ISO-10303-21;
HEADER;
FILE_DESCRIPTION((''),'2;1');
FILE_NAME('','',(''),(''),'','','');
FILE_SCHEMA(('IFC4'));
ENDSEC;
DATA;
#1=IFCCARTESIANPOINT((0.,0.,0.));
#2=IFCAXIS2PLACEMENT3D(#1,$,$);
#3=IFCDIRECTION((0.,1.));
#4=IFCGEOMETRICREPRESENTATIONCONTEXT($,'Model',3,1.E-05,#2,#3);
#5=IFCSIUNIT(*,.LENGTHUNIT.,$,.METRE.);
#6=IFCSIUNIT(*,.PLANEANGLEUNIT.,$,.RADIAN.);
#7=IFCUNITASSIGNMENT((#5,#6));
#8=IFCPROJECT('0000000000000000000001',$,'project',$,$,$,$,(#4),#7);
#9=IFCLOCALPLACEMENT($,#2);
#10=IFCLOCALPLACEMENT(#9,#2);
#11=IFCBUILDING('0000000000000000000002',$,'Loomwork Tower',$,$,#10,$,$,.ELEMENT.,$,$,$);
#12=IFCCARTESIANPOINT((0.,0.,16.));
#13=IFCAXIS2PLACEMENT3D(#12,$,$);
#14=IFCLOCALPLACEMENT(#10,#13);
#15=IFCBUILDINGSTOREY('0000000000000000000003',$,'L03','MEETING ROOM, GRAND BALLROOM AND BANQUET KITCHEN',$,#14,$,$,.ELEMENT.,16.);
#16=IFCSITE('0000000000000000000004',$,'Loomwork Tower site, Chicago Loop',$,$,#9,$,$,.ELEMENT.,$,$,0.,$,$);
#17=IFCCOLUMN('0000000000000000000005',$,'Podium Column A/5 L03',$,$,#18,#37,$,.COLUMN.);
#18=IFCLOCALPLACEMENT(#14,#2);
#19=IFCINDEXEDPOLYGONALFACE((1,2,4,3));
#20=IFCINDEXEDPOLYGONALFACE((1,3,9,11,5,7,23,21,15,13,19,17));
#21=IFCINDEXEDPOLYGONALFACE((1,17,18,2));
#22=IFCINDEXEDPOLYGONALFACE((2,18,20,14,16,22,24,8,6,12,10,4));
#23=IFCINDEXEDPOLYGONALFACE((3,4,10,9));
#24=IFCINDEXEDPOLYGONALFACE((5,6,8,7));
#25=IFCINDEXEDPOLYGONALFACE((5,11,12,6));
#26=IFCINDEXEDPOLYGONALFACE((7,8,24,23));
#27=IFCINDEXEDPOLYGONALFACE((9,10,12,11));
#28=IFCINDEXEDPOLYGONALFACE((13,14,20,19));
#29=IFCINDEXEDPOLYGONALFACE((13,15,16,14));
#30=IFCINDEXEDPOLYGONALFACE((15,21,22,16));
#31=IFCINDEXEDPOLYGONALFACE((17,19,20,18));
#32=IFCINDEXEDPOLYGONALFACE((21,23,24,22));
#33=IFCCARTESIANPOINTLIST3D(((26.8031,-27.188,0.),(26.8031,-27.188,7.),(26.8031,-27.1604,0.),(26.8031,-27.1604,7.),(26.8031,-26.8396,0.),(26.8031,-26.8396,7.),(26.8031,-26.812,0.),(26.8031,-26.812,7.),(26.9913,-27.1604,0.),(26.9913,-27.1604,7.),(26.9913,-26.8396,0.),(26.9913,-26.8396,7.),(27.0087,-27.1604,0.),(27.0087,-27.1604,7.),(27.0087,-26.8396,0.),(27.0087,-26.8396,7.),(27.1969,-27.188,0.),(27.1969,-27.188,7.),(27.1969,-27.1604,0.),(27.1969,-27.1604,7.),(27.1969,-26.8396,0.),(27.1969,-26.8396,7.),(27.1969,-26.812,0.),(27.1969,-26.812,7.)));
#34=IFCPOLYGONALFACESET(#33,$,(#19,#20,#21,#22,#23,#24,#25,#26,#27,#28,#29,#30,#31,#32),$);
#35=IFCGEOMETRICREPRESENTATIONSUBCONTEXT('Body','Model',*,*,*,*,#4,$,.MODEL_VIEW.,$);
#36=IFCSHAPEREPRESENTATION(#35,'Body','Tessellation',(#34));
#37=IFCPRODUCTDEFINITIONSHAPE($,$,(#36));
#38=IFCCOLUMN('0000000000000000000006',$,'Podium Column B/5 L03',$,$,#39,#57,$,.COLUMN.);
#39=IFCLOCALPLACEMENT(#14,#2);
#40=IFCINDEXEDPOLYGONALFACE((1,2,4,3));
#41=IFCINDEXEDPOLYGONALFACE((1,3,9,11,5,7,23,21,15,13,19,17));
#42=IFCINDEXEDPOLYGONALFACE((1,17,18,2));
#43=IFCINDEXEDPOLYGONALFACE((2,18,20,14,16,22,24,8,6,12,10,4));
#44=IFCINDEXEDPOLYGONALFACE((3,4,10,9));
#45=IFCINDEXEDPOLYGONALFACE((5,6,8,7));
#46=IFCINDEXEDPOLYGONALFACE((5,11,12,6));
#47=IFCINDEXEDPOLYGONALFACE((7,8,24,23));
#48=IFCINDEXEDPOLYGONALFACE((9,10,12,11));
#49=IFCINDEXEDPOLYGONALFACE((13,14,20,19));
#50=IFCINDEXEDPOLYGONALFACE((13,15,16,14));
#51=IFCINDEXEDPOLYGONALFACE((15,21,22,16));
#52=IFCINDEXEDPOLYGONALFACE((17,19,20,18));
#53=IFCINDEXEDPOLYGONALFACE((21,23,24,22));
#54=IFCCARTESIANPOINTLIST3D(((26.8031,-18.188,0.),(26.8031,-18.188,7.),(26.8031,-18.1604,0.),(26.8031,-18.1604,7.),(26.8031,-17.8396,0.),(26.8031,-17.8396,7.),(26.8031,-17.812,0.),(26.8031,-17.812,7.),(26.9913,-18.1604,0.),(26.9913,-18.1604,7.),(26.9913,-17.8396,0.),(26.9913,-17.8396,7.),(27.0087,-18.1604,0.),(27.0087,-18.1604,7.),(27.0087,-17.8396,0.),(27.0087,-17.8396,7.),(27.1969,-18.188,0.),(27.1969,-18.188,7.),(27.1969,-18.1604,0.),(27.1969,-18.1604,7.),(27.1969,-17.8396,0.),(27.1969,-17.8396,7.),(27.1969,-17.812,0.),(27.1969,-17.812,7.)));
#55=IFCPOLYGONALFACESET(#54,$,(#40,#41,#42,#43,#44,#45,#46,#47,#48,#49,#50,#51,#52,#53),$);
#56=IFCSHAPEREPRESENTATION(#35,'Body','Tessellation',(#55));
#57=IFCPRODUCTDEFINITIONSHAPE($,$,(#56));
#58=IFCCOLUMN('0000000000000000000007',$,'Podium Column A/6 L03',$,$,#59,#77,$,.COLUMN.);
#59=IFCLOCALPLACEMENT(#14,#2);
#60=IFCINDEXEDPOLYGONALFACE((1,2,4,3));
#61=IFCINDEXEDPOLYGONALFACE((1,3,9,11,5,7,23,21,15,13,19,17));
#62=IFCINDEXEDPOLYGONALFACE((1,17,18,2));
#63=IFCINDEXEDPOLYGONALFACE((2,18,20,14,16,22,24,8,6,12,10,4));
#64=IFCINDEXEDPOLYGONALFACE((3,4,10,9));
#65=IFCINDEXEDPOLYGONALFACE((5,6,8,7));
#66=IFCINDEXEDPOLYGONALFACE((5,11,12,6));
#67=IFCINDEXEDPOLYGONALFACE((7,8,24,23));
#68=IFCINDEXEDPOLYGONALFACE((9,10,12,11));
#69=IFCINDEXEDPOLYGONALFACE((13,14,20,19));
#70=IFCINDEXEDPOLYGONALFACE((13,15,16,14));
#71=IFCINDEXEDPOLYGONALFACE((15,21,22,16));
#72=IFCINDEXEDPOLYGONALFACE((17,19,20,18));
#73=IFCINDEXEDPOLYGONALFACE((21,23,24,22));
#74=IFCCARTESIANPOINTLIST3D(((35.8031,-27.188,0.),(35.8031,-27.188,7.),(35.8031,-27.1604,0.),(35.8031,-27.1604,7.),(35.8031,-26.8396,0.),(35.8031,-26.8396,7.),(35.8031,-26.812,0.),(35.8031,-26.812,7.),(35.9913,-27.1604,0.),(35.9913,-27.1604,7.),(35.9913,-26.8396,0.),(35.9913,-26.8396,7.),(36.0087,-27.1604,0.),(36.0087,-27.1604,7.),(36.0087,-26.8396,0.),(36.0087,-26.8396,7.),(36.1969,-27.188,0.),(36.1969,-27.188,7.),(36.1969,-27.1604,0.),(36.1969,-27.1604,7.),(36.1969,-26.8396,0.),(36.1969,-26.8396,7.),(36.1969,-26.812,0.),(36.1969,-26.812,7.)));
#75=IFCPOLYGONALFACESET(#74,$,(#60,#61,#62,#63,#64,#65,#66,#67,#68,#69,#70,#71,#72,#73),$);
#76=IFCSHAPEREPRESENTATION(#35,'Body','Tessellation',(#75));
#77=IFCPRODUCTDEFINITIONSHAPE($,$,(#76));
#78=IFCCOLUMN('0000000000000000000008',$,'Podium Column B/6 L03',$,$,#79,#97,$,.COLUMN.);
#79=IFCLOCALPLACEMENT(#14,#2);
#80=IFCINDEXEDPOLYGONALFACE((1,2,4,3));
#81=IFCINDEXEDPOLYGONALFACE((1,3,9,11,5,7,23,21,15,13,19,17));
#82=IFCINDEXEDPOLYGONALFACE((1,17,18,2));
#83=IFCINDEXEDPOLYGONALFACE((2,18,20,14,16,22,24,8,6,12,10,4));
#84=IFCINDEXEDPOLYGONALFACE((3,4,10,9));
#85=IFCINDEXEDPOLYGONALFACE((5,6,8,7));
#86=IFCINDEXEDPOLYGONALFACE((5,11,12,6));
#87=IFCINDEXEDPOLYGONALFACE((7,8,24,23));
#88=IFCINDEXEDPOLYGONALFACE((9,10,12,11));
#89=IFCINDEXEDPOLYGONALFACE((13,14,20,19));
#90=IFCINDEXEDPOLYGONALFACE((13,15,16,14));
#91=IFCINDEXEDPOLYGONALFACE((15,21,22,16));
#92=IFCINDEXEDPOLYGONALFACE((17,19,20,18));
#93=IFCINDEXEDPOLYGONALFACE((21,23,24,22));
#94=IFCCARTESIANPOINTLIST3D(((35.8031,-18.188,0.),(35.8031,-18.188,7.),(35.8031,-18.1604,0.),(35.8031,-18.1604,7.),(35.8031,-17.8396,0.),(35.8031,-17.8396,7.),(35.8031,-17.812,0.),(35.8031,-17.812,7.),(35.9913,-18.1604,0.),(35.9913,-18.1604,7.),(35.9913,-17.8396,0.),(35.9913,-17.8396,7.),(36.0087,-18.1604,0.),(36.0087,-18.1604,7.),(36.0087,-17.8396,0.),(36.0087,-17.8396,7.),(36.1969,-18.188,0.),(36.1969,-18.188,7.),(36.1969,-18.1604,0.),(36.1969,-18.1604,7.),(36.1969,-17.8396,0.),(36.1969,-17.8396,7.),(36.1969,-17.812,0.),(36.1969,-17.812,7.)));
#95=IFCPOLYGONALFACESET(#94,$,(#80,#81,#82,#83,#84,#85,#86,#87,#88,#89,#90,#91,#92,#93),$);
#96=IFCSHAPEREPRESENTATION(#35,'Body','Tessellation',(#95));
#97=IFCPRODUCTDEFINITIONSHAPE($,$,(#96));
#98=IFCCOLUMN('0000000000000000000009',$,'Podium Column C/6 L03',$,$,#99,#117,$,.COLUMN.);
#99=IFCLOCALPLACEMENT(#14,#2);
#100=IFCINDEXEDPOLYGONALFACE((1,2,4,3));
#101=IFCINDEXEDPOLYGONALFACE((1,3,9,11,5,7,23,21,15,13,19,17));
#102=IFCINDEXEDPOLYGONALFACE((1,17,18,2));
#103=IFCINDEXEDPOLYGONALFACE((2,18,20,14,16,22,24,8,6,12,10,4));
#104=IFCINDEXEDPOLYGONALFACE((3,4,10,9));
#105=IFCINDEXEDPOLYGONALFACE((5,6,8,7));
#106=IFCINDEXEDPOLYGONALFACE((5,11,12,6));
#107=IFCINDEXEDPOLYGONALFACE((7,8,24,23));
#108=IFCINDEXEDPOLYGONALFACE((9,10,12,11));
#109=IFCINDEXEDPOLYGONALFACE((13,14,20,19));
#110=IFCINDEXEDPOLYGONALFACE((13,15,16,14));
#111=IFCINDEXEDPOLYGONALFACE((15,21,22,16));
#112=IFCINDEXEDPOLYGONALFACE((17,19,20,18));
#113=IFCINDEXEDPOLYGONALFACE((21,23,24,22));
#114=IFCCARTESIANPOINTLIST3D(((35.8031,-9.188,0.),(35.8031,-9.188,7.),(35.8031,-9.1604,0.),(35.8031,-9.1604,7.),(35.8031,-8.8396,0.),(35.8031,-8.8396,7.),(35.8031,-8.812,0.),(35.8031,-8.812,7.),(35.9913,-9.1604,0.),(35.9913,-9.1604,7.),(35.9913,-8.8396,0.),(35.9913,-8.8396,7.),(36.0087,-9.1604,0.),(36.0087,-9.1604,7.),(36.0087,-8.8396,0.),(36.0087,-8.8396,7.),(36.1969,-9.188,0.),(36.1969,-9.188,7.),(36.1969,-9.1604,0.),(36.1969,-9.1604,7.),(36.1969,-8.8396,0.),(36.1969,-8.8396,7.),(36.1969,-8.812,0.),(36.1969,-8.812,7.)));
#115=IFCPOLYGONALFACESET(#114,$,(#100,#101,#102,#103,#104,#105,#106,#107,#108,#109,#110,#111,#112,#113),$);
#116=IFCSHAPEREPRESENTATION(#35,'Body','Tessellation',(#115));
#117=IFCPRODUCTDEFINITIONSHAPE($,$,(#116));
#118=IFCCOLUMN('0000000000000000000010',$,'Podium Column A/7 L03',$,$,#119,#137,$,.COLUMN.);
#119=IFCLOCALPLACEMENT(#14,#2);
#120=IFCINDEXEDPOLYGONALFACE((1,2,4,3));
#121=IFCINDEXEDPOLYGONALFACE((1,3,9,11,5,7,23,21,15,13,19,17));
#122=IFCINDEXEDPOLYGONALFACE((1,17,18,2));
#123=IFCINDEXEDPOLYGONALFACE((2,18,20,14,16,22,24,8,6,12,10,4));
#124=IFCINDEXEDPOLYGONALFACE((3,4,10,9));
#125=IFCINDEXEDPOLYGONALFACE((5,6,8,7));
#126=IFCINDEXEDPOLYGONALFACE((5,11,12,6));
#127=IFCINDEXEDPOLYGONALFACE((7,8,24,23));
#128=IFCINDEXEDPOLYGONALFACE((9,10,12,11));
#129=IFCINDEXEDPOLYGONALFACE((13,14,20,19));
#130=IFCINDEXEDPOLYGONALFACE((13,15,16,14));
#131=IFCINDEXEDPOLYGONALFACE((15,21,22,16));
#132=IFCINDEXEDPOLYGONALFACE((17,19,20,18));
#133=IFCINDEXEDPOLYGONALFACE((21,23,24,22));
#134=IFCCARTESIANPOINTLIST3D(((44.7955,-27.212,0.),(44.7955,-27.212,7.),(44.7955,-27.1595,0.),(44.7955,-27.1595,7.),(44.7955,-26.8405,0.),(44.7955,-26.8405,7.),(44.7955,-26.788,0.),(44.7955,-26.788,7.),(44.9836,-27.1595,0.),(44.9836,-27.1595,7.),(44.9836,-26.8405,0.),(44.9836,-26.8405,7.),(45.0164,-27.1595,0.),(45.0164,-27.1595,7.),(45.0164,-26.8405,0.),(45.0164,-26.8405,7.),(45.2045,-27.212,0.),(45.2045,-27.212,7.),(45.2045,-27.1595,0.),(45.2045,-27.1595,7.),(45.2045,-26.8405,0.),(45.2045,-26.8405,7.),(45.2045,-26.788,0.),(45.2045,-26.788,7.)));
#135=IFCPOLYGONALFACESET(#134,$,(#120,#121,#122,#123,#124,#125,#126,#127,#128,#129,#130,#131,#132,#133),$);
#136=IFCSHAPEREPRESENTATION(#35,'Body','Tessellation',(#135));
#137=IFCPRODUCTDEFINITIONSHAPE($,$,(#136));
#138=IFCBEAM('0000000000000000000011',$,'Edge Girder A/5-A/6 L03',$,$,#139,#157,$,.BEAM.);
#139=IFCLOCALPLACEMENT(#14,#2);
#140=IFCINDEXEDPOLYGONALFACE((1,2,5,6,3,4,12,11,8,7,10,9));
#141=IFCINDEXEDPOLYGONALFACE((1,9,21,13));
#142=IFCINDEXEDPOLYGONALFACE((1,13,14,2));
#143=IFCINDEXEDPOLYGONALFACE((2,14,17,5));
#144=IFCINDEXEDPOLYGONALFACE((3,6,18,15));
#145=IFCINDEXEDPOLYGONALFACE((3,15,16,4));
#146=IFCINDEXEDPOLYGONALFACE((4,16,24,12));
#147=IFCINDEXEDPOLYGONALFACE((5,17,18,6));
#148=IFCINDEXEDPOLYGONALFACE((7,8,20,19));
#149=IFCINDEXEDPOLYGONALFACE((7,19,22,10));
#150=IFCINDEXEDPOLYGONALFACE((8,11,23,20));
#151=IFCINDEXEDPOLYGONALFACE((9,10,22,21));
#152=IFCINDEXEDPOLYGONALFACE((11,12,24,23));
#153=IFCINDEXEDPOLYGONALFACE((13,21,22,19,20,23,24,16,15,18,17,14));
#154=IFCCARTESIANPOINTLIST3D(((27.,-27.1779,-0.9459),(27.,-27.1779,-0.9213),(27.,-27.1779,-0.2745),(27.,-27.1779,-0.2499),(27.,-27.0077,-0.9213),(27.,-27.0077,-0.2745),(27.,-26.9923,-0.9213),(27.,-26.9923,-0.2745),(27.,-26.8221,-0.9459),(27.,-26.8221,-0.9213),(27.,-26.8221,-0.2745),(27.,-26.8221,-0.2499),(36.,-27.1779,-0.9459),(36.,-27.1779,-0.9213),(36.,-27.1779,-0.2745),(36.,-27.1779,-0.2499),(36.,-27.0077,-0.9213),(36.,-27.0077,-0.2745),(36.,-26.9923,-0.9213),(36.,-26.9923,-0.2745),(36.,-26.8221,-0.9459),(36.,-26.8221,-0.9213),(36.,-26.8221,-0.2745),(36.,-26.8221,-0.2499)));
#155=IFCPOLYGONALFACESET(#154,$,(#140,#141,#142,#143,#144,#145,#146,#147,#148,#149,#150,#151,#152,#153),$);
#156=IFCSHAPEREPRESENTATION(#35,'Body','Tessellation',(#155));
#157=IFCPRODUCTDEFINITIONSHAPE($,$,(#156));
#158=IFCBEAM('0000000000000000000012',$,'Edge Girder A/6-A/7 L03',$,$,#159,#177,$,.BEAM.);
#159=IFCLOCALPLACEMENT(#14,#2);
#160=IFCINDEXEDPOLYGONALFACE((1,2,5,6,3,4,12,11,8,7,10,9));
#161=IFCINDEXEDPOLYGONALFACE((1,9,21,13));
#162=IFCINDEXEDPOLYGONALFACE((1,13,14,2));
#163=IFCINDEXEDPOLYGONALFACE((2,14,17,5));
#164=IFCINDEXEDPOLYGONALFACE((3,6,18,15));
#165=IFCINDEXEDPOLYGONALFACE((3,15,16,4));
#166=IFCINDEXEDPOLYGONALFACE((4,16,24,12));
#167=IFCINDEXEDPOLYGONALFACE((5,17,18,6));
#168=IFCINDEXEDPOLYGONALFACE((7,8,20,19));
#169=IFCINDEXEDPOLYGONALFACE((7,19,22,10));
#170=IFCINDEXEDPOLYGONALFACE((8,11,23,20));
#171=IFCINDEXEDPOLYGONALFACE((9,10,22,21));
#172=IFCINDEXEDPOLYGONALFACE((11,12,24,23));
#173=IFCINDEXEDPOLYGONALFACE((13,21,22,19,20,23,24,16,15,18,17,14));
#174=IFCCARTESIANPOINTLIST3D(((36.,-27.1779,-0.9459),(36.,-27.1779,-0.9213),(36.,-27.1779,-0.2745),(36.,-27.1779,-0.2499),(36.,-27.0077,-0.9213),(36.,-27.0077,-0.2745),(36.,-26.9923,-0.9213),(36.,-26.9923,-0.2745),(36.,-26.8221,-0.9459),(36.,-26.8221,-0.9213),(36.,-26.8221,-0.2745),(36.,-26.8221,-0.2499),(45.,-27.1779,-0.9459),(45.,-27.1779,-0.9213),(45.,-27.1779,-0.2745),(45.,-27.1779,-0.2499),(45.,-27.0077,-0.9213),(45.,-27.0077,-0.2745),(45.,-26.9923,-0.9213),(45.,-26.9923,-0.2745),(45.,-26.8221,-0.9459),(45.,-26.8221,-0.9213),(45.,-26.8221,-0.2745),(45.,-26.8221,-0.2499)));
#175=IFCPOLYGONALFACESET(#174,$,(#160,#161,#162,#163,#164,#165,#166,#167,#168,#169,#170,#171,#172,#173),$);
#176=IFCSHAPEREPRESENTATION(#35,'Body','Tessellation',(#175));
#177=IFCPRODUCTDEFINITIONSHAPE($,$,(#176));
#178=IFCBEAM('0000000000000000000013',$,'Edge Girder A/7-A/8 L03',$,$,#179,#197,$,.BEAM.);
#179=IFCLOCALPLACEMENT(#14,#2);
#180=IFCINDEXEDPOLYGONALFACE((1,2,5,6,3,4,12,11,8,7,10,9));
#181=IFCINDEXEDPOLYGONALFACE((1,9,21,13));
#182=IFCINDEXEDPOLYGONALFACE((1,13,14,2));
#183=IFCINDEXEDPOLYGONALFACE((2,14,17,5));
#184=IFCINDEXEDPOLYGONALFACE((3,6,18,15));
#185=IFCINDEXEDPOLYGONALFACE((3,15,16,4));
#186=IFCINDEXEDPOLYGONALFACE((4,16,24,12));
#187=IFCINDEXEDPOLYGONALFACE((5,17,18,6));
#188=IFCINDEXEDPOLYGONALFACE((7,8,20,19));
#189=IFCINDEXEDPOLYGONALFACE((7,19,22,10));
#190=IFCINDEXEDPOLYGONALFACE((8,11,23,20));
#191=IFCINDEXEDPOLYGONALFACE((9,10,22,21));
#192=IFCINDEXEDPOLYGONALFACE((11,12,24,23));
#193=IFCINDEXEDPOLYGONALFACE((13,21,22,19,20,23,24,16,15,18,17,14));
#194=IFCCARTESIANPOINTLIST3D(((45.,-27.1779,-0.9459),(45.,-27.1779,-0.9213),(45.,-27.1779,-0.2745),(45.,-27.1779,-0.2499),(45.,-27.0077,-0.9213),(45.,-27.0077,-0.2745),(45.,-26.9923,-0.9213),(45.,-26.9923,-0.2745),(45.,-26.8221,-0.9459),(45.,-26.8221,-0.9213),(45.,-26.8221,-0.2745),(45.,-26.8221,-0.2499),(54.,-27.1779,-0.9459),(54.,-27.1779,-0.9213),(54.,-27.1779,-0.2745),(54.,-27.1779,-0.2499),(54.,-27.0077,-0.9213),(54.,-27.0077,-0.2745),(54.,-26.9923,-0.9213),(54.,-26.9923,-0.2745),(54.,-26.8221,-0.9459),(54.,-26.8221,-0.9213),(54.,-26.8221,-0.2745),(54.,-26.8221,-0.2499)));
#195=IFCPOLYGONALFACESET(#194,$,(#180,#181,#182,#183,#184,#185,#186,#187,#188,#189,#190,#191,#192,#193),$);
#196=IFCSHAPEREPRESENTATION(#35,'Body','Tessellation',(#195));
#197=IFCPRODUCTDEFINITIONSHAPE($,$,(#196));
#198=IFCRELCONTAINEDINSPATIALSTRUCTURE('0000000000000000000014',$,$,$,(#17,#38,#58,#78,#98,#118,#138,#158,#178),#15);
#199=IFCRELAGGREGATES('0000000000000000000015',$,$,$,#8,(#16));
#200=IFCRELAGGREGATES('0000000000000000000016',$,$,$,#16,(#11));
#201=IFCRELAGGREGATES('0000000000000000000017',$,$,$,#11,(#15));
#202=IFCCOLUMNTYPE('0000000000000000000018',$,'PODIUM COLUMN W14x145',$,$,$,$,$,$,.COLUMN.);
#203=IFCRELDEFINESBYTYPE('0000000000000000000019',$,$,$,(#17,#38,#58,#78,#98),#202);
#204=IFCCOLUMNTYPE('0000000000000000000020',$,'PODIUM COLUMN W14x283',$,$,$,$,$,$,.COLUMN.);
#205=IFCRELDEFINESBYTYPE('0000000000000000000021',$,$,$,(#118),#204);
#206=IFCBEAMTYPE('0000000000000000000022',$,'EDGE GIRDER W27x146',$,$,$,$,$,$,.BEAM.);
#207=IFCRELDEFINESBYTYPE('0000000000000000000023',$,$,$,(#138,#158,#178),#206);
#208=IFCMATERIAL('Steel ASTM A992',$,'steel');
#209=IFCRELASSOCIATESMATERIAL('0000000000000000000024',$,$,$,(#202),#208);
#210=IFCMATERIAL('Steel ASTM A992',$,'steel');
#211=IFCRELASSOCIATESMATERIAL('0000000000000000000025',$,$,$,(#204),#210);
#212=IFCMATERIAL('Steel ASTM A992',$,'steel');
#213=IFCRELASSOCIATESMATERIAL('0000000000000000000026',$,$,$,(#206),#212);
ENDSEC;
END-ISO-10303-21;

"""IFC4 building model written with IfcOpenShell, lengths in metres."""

from ifc_helpers import new_model, si_unit, direction, frame, origin, origin_2d, place, context, subcontext, project, spatial, i_section, extrude, material, material_profile, profile_set, type_object, element, save


model = new_model("IFC4")

# Units and contexts
model_context = context("Model", 3, precision=1e-05, world=origin(), true_north=direction((0.0, 1.0)))
body_context = subcontext(model_context, "Body", "Model", "MODEL_VIEW")
ifc_project = project(units=[si_unit("LENGTHUNIT", "METRE"), si_unit("PLANEANGLEUNIT", "RADIAN")], contexts=[model_context])

# Site, building, storey
site_placement = place(None, origin())
site = spatial("IfcSite", under=ifc_project, at=site_placement, Name="Loomwork Tower site, Chicago Loop", CompositionType="ELEMENT", RefElevation=0.0)
building_placement = place(site_placement, origin())
building = spatial("IfcBuilding", under=site, at=building_placement, Name="Loomwork Tower", CompositionType="ELEMENT")
storey_placement = place(building_placement, frame((0.0, 0.0, 16.0)))
storey = spatial("IfcBuildingStorey", under=building, at=storey_placement, Name="L03", Description="MEETING ROOM, GRAND BALLROOM AND BANQUET KITCHEN", CompositionType="ELEMENT", Elevation=16.0)

# Columns
ifc_material_1 = material(Name="Steel ASTM A992", Category="steel")
ifc_material_profile_1 = material_profile(ifc_material_1, i_section(OverallWidth=0.3938, OverallDepth=0.376, WebThickness=0.0173, FlangeThickness=0.0276, at=origin_2d()), Name="W14x145")
ifc_profile_set_1 = profile_set([ifc_material_profile_1], Name="Steel ASTM A992")
column_type_1 = type_object("IfcColumnType", Name="PODIUM COLUMN W14x145", PredefinedType="COLUMN", material=ifc_profile_set_1)
for number, where, z_axis, x_axis, name in (
    (1, (27.0, -27.0, 0.0), (0.0, 0.0, 1.0), (1.0, 0.0, 0.0), "Podium Column A/5 L03"),
    (2, (27.0, -18.0, 0.0), (0.0, 0.0, 1.0), (1.0, 0.0, 0.0), "Podium Column B/5 L03"),
    (3, (36.0, -27.0, 0.0), (0.0, 0.0, 1.0), (1.0, 0.0, 0.0), "Podium Column A/6 L03"),
    (4, (36.0, -18.0, 0.0), (0.0, 0.0, 1.0), (1.0, 0.0, 0.0), "Podium Column B/6 L03"),
    (5, (36.0, -9.0, 0.0), (0.0, 0.0, 1.0), (1.0, 0.0, 0.0), "Podium Column C/6 L03"),
):
    element("IfcColumn", number, at=place(storey_placement, frame(where, z_axis=z_axis, x_axis=x_axis)), inside=storey, type_object=column_type_1, Name=name, PredefinedType="COLUMN", context=body_context, shape_type="SweptSolid", body=[
        extrude(i_section(OverallWidth=0.3938, OverallDepth=0.376, WebThickness=0.0173, FlangeThickness=0.0276, at=origin_2d()), origin(), (0.0, 0.0, 1.0), 7.0),
    ])
ifc_material_2 = material(Name="Steel ASTM A992", Category="steel")
ifc_material_profile_2 = material_profile(ifc_material_2, i_section(OverallWidth=0.4089, OverallDepth=0.4241, WebThickness=0.0327, FlangeThickness=0.0525, at=origin_2d()), Name="W14x283")
ifc_profile_set_2 = profile_set([ifc_material_profile_2], Name="Steel ASTM A992")
column_type_2 = type_object("IfcColumnType", Name="PODIUM COLUMN W14x283", PredefinedType="COLUMN", material=ifc_profile_set_2)
column_placement = place(storey_placement, frame((45.0, -27.0, 0.0), z_axis=(0.0, 0.0, 1.0), x_axis=(1.0, 0.0, 0.0)))
element("IfcColumn", 6, at=column_placement, inside=storey, type_object=column_type_2, Name="Podium Column A/7 L03", PredefinedType="COLUMN", context=body_context, shape_type="SweptSolid", body=[
    extrude(i_section(OverallWidth=0.4089, OverallDepth=0.4241, WebThickness=0.0327, FlangeThickness=0.0525, at=origin_2d()), origin(), (0.0, 0.0, 1.0), 7.0),
])

# Beams
ifc_material_3 = material(Name="Steel ASTM A992", Category="steel")
ifc_material_profile_3 = material_profile(ifc_material_3, i_section(OverallWidth=0.3557, OverallDepth=0.696, WebThickness=0.0154, FlangeThickness=0.0247, at=origin_2d()), Name="W27x146")
ifc_profile_set_3 = profile_set([ifc_material_profile_3], Name="Steel ASTM A992")
beam_type_1 = type_object("IfcBeamType", Name="EDGE GIRDER W27x146", PredefinedType="BEAM", material=ifc_profile_set_3)
for number, where, z_axis, x_axis, name in (
    (7, (27.0, -27.0, -0.5979), (1.0, 0.0, 0.0), (0.0, 1.0, 0.0), "Edge Girder A/5-A/6 L03"),
    (8, (36.0, -27.0, -0.5979), (1.0, 0.0, 0.0), (0.0, 1.0, 0.0), "Edge Girder A/6-A/7 L03"),
    (9, (45.0, -27.0, -0.5979), (1.0, 0.0, 0.0), (0.0, 1.0, 0.0), "Edge Girder A/7-A/8 L03"),
):
    element("IfcBeam", number, at=place(storey_placement, frame(where, z_axis=z_axis, x_axis=x_axis)), inside=storey, type_object=beam_type_1, Name=name, PredefinedType="BEAM", context=body_context, shape_type="SweptSolid", body=[
        extrude(i_section(OverallWidth=0.3557, OverallDepth=0.696, WebThickness=0.0154, FlangeThickness=0.0247, at=origin_2d()), origin(), (0.0, 0.0, 1.0), 9.0),
    ])

save(model, "model.ifc")
